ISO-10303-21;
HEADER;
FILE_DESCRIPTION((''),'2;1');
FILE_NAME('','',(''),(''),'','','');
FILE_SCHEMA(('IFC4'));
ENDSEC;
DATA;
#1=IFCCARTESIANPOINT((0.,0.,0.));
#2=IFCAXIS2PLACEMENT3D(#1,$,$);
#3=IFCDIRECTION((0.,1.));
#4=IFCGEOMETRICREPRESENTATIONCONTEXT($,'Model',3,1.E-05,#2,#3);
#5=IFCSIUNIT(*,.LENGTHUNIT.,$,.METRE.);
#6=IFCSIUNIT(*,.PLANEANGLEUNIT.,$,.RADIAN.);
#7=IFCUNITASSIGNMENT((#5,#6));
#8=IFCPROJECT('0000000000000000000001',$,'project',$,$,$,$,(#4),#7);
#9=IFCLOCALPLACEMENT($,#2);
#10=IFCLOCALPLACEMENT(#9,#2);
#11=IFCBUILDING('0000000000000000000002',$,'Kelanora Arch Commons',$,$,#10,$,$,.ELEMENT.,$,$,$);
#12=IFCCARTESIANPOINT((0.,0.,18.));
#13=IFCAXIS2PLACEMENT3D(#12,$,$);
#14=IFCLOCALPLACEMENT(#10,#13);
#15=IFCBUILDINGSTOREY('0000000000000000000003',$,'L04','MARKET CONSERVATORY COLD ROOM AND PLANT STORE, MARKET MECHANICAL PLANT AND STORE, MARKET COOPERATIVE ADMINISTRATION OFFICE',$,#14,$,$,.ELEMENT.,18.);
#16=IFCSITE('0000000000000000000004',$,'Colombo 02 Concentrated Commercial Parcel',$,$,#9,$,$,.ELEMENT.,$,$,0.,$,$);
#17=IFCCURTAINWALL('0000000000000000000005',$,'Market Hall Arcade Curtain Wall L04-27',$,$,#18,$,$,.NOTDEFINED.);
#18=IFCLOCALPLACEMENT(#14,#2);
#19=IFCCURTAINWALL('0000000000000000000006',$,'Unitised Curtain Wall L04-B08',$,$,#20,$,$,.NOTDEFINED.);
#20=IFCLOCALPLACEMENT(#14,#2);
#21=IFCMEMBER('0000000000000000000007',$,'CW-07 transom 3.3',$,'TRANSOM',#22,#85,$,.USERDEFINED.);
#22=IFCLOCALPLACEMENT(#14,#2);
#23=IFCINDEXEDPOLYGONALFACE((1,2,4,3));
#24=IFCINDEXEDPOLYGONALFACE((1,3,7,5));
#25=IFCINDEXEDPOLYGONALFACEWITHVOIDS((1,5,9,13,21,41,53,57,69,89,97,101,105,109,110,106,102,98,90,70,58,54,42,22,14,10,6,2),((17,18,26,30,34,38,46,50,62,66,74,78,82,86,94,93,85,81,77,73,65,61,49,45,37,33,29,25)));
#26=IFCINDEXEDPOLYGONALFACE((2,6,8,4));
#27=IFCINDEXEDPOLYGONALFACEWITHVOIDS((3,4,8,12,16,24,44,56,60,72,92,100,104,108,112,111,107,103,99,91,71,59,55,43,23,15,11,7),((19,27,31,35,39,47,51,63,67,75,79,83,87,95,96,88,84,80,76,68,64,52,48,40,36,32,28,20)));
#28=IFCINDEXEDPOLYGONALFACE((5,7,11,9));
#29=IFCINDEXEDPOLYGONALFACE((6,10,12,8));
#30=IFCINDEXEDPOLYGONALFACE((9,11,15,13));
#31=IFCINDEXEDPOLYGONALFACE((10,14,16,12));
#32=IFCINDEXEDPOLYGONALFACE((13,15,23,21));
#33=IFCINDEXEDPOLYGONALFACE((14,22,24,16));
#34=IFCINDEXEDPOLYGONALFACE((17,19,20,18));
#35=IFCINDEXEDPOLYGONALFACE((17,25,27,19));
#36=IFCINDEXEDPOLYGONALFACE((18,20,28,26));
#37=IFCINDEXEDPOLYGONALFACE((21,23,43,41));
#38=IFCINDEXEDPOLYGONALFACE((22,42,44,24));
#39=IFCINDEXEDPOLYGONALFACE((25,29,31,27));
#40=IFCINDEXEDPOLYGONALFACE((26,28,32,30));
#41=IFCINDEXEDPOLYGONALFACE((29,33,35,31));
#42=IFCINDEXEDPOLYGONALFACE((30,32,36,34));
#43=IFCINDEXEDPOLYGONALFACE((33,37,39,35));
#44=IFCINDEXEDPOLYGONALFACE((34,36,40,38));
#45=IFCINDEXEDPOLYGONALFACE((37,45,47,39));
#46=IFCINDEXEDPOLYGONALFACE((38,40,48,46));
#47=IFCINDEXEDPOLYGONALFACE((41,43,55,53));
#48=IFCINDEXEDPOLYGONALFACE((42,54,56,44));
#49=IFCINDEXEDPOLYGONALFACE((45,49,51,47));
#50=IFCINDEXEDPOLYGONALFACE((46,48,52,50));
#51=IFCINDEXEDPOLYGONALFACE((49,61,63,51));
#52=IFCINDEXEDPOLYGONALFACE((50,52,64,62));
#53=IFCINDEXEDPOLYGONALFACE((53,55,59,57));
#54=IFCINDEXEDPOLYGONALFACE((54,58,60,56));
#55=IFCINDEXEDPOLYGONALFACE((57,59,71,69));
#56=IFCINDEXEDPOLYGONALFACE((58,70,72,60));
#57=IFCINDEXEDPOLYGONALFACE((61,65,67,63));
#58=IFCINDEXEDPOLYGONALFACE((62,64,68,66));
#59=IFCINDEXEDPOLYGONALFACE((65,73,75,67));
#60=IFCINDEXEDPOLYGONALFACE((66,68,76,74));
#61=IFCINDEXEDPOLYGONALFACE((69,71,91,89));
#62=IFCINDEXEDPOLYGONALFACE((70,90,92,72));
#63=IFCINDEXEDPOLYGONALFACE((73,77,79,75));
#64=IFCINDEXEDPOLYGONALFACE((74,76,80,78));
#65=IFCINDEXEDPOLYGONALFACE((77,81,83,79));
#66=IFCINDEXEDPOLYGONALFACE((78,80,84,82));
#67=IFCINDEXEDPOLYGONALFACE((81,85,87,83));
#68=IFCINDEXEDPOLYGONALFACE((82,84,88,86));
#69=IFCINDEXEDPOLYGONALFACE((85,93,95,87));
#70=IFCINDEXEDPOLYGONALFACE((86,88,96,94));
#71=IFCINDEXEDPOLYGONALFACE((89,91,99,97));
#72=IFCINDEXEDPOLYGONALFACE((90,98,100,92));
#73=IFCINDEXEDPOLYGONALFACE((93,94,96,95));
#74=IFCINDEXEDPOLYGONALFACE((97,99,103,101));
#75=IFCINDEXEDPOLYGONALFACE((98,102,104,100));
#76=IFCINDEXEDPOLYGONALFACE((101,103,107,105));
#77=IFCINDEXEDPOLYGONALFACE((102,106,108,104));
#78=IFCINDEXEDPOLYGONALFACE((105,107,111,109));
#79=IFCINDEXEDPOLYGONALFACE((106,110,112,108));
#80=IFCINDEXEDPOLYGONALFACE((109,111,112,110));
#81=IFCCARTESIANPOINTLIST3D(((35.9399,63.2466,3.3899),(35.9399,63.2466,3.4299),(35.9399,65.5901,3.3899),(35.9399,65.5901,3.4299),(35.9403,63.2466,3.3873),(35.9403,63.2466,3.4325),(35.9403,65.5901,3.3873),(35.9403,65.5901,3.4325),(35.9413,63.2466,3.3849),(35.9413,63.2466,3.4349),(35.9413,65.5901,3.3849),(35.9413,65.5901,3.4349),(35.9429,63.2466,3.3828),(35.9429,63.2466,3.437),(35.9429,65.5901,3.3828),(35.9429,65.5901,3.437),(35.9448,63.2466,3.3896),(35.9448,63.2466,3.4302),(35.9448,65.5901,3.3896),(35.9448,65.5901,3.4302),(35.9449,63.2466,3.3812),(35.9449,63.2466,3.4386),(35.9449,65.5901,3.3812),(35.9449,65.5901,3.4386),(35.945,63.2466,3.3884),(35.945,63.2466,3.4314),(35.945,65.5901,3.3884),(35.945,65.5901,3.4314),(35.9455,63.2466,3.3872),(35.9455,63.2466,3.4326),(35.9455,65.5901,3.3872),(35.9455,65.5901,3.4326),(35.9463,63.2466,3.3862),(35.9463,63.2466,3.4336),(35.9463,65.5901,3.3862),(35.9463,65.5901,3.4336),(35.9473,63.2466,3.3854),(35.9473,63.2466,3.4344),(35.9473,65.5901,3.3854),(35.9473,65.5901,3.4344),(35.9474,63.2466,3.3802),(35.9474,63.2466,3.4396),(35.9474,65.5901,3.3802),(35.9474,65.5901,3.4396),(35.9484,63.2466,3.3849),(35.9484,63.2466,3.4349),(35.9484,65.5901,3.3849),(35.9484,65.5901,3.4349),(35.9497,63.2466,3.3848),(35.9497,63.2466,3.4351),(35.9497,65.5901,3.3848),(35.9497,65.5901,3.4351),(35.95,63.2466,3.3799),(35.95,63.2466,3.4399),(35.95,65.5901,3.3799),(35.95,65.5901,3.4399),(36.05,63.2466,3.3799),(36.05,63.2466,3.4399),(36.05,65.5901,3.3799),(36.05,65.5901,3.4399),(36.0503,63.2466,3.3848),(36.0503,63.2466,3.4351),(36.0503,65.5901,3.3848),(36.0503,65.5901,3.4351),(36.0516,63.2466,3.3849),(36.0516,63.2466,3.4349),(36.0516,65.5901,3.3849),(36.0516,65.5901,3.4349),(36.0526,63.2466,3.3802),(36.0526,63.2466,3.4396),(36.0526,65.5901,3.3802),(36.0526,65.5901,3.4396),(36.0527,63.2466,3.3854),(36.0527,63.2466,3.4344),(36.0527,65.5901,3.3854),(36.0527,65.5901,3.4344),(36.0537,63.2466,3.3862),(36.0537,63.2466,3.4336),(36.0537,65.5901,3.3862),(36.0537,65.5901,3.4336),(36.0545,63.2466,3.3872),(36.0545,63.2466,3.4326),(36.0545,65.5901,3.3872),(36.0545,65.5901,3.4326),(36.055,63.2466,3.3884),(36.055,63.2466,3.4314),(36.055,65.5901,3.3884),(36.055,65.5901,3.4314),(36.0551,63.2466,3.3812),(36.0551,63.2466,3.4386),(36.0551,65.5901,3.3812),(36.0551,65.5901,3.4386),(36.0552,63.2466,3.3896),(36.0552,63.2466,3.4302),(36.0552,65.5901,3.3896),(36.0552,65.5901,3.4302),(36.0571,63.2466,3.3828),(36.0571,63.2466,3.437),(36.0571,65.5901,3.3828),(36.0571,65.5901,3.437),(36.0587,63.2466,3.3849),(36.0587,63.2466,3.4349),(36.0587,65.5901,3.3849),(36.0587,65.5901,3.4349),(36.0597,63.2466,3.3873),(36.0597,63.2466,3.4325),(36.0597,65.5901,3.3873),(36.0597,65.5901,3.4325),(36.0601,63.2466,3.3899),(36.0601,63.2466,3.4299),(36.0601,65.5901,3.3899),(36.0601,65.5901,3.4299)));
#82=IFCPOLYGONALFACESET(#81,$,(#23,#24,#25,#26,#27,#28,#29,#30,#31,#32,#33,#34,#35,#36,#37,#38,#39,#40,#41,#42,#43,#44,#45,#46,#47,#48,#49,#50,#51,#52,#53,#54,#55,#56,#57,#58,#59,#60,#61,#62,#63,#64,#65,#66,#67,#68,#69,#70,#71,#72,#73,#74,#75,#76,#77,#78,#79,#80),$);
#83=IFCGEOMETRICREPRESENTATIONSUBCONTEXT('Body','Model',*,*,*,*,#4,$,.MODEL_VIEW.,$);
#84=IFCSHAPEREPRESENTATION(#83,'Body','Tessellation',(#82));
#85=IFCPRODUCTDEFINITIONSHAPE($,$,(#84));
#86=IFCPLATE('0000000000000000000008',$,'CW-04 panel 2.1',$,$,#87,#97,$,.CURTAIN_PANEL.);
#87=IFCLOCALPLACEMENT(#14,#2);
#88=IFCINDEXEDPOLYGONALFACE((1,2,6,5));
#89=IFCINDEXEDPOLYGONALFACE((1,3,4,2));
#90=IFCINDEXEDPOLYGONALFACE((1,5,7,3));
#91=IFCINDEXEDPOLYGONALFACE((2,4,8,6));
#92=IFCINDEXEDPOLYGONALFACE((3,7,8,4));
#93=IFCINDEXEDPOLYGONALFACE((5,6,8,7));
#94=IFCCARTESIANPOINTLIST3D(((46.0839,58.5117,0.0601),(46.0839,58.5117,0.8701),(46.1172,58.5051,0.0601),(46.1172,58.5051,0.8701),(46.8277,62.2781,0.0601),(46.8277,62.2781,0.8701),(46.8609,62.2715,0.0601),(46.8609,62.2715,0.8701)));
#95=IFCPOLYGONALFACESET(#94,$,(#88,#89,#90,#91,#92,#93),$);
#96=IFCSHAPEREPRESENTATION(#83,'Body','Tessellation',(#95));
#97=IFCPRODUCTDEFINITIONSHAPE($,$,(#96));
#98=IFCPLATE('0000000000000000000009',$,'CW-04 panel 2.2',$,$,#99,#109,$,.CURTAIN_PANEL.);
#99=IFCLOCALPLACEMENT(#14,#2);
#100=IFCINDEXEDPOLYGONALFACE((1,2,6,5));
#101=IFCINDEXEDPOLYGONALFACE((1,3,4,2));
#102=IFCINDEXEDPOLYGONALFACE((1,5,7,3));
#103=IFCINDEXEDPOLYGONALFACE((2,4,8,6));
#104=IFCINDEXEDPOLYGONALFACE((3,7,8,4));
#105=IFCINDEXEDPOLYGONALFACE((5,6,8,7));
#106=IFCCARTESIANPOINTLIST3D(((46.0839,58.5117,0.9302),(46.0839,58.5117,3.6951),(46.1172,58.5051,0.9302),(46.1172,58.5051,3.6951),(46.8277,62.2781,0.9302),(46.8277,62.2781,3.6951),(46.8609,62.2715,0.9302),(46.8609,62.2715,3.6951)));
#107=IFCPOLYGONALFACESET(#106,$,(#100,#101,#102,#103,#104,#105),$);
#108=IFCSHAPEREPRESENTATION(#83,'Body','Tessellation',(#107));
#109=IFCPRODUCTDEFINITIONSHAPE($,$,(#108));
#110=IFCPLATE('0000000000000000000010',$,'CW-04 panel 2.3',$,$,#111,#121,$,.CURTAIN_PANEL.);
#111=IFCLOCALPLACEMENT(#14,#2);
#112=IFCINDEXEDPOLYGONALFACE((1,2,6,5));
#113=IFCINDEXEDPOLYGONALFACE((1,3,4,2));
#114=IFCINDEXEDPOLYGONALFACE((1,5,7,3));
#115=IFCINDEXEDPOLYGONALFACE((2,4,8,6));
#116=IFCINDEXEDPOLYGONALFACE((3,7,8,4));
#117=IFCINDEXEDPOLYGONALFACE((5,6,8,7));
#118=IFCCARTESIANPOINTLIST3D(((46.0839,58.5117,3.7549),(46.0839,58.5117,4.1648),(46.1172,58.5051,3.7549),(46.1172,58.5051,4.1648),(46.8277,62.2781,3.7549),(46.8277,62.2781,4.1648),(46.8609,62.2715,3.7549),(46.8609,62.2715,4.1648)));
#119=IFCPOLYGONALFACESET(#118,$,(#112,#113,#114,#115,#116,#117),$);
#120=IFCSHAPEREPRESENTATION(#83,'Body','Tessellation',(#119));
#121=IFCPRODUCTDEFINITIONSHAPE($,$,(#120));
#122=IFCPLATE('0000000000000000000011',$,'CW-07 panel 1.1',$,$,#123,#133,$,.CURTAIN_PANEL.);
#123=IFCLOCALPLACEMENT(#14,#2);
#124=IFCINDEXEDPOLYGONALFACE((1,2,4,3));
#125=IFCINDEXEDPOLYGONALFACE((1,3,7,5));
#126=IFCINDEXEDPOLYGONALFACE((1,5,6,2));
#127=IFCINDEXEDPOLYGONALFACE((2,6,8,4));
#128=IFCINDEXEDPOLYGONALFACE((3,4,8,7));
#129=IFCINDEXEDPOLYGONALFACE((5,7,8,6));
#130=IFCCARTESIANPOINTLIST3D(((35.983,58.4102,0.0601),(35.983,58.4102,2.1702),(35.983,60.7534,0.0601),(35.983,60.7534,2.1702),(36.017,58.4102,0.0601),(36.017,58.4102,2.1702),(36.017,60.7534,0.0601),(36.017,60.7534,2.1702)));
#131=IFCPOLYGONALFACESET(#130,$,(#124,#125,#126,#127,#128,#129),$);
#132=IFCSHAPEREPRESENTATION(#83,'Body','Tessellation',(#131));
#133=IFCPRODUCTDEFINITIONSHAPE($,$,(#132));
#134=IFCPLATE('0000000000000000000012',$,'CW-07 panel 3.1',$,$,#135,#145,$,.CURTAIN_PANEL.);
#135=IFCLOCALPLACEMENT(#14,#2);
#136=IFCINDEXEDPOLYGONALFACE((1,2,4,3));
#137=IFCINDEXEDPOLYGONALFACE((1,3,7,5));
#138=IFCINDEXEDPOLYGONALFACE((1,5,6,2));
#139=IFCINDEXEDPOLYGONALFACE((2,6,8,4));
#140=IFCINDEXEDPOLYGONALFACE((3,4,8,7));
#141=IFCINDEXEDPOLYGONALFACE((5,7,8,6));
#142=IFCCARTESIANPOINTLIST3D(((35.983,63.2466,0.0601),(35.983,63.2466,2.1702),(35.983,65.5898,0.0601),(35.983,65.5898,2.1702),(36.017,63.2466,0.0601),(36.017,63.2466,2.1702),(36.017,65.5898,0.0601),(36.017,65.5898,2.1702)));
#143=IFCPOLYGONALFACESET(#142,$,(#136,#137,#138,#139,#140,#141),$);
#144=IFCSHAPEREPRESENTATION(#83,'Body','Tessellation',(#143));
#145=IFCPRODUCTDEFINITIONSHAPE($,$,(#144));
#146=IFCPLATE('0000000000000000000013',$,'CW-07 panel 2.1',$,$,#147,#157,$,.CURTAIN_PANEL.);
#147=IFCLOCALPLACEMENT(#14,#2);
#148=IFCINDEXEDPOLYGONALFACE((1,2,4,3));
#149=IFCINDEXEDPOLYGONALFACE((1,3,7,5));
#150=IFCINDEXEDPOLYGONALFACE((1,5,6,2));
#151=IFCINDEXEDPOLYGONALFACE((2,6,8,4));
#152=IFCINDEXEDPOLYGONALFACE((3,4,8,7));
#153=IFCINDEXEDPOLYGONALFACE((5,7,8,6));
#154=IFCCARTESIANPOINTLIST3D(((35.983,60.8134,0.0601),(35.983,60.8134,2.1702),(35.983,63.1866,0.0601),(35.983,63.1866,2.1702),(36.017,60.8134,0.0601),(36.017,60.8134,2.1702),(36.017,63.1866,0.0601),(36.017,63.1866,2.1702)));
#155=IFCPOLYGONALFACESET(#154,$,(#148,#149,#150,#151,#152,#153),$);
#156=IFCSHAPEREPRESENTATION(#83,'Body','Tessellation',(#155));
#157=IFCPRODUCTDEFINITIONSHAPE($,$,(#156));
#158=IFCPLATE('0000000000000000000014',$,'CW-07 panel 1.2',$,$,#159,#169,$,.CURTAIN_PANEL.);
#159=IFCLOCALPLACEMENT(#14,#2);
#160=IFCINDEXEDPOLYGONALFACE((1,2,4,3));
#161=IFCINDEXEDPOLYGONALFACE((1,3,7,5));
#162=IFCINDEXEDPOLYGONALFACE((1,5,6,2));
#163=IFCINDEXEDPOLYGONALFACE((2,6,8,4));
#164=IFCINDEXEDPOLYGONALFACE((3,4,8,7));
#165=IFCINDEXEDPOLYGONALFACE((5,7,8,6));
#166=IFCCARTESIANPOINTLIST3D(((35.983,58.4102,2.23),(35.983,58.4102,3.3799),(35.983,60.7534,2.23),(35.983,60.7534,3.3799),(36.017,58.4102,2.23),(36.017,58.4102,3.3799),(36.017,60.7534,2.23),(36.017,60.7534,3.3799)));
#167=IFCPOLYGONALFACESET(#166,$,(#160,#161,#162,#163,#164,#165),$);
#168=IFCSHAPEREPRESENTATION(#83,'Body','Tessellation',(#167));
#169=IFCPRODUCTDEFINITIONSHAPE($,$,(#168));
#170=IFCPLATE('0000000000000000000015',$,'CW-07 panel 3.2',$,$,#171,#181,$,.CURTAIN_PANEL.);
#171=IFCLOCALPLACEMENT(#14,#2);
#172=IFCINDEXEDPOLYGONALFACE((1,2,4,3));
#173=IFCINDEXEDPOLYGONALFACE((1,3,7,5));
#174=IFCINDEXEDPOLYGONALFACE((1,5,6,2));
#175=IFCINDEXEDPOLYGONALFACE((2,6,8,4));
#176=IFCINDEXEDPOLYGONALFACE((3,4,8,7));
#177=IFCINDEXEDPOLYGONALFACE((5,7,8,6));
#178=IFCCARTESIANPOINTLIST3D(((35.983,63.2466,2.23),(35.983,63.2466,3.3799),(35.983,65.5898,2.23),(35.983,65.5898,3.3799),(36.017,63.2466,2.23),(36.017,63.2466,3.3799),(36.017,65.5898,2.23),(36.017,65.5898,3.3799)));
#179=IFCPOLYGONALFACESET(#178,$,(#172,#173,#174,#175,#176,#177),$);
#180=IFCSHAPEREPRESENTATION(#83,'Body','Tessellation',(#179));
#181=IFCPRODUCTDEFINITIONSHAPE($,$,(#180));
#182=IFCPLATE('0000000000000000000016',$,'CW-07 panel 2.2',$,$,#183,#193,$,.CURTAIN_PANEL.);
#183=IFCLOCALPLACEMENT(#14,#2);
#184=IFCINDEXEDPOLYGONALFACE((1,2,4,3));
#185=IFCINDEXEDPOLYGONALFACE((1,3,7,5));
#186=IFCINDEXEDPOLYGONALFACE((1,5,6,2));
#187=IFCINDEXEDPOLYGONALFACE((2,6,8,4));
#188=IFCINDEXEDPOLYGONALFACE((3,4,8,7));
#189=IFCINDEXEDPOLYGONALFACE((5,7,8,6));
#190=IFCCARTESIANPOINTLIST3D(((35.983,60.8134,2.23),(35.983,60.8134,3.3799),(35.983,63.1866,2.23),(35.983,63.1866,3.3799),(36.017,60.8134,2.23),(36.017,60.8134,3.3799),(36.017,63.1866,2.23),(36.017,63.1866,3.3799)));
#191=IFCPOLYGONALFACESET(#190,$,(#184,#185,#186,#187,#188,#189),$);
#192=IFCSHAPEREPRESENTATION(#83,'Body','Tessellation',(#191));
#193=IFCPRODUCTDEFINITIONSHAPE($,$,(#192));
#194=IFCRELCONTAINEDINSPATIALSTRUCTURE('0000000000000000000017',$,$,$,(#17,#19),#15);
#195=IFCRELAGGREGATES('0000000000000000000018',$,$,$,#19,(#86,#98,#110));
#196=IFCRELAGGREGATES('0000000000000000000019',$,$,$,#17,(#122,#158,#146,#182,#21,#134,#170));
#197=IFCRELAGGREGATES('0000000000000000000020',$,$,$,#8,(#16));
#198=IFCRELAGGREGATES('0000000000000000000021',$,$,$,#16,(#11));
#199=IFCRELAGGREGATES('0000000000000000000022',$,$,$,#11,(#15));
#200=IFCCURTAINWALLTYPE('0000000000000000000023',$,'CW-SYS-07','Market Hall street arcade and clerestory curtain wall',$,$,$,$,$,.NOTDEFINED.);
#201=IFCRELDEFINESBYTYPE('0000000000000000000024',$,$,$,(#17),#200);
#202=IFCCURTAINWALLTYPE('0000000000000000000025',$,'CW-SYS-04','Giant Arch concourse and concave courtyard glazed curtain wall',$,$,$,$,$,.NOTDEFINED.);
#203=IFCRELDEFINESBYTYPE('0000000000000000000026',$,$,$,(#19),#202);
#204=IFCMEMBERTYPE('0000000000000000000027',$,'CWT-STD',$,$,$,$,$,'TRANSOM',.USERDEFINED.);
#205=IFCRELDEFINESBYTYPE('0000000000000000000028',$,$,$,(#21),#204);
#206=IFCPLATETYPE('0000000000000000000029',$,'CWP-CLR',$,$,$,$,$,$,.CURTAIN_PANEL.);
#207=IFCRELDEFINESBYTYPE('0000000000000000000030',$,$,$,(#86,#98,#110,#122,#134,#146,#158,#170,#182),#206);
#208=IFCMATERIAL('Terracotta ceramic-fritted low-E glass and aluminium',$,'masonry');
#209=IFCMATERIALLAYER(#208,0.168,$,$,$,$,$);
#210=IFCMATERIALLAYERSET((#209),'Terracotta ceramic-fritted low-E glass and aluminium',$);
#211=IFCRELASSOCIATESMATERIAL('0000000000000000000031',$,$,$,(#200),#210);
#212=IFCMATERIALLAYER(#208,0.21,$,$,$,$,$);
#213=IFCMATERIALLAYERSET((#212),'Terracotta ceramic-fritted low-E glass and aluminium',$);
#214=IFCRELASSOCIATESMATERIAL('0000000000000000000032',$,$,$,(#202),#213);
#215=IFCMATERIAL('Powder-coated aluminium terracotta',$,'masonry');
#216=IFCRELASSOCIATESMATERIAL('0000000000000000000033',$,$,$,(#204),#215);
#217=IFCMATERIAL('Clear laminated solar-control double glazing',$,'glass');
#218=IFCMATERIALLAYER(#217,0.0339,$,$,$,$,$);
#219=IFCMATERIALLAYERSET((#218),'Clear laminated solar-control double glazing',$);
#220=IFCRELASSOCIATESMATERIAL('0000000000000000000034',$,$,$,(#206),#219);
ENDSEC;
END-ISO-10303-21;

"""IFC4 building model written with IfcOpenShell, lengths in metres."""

from ifc_helpers import new_model, si_unit, direction, frame, origin, origin_2d, place, context, subcontext, project, spatial, rectangle, hollow_rectangle, extrude, source, transform, mapped, material, layer, layer_set, material_profile, profile_set, type_object, element, aggregate, save


model = new_model("IFC4")

# Units and contexts
model_context = context("Model", 3, precision=1e-05, world=origin(), true_north=direction((0.0, 1.0)))
body_context = subcontext(model_context, "Body", "Model", "MODEL_VIEW")
ifc_project = project(units=[si_unit("LENGTHUNIT", "METRE"), si_unit("PLANEANGLEUNIT", "RADIAN")], contexts=[model_context])

# Site, building, storey
site_placement = place(None, origin())
site = spatial("IfcSite", under=ifc_project, at=site_placement, Name="Colombo 02 Concentrated Commercial Parcel", CompositionType="ELEMENT", RefElevation=0.0)
building_placement = place(site_placement, origin())
building = spatial("IfcBuilding", under=site, at=building_placement, Name="Kelanora Arch Commons", CompositionType="ELEMENT")
storey_placement = place(building_placement, frame((0.0, 0.0, 18.0)))
storey = spatial("IfcBuildingStorey", under=building, at=storey_placement, Name="L04", Description="MARKET CONSERVATORY COLD ROOM AND PLANT STORE, MARKET MECHANICAL PLANT AND STORE, MARKET COOPERATIVE ADMINISTRATION OFFICE", CompositionType="ELEMENT", Elevation=18.0)

# Curtain walls
ifc_material_1 = material(Name="Terracotta ceramic-fritted low-E glass and aluminium", Category="masonry")
ifc_layer_1 = layer(ifc_material_1, 0.168)
ifc_layer_set_1 = layer_set([ifc_layer_1], Name="Terracotta ceramic-fritted low-E glass and aluminium")
curtain_wall_type_1 = type_object("IfcCurtainWallType", Name="CW-SYS-07", Description="Market Hall street arcade and clerestory curtain wall", PredefinedType="NOTDEFINED", material=ifc_layer_set_1)
curtain_wall_1_placement = place(storey_placement, origin())
curtain_wall_1 = element("IfcCurtainWall", 1, at=curtain_wall_1_placement, inside=storey, type_object=curtain_wall_type_1, Name="Market Hall Arcade Curtain Wall L04-27", PredefinedType="NOTDEFINED")
ifc_material_2 = material(Name="Powder-coated aluminium terracotta", Category="masonry")
ifc_layer_2 = layer(ifc_material_1, 0.21)
ifc_layer_set_2 = layer_set([ifc_layer_2], Name="Terracotta ceramic-fritted low-E glass and aluminium")
curtain_wall_type_2 = type_object("IfcCurtainWallType", Name="CW-SYS-04", Description="Giant Arch concourse and concave courtyard glazed curtain wall", PredefinedType="NOTDEFINED", material=ifc_layer_set_2)
curtain_wall_2_placement = place(storey_placement, origin())
curtain_wall_2 = element("IfcCurtainWall", 2, at=curtain_wall_2_placement, inside=storey, type_object=curtain_wall_type_2, Name="Unitised Curtain Wall L04-B08", PredefinedType="NOTDEFINED")

# Member
ifc_material_profile_1 = material_profile(ifc_material_2, hollow_rectangle(XDim=0.1201, YDim=0.0601, WallThickness=0.0049, InnerFilletRadius=0.0049, OuterFilletRadius=0.01, at=origin_2d()), Name="CWT120x60")
ifc_profile_set_1 = profile_set([ifc_material_profile_1], Name="Powder-coated aluminium terracotta")
member_type_1 = type_object("IfcMemberType", Name="CWT-STD", ElementType="TRANSOM", PredefinedType="USERDEFINED", material=ifc_profile_set_1)
member_1_placement = place(storey_placement, frame((36.0, 63.2466, 3.4099), z_axis=(0.0, 1.0, 0.0), x_axis=(-1.0, 0.0, 0.0)))
member_1 = element("IfcMember", 3, at=member_1_placement, type_object=member_type_1, Name="CW-07 transom 3.3", ObjectType="TRANSOM", PredefinedType="USERDEFINED", context=body_context, shape_type="SweptSolid", body=[
    extrude(hollow_rectangle(XDim=0.1201, YDim=0.0601, WallThickness=0.0049, InnerFilletRadius=0.0049, OuterFilletRadius=0.01, at=origin_2d()), origin(), (0.0, 0.0, 1.0), 2.3435),
])

# Plates
ifc_material_3 = material(Name="Clear laminated solar-control double glazing", Category="glass")
ifc_layer_3 = layer(ifc_material_3, 0.0339)
ifc_layer_set_3 = layer_set([ifc_layer_3], Name="Clear laminated solar-control double glazing")
plate_type = type_object("IfcPlateType", Name="CWP-CLR", PredefinedType="CURTAIN_PANEL", material=ifc_layer_set_3)
shared_shape_1 = source(origin(), body_context, "Body", "SweptSolid", [
    extrude(rectangle(XDim=3.8391, YDim=0.0339, at=origin_2d()), origin(), (0.0, 0.0, 1.0), 0.8101),
])
plate_1_placement = place(storey_placement, frame((46.4724, 60.3916, 0.0601), z_axis=(0.0, 0.0, 1.0), x_axis=(-0.193737, -0.981054, 0.0)))
plate_1 = element("IfcPlate", 4, at=plate_1_placement, type_object=plate_type, Name="CW-04 panel 2.1", PredefinedType="CURTAIN_PANEL", context=body_context, shape_type="MappedRepresentation", body=[
    mapped(shared_shape_1, transform((0.0, 0.0, 0.0), scale=1.0)),
])
shared_shape_2 = source(origin(), body_context, "Body", "SweptSolid", [
    extrude(rectangle(XDim=3.8391, YDim=0.0339, at=origin_2d()), origin(), (0.0, 0.0, 1.0), 2.7649),
])
plate_2_placement = place(storey_placement, frame((46.4724, 60.3916, 0.9302), z_axis=(0.0, 0.0, 1.0), x_axis=(-0.193737, -0.981054, 0.0)))
plate_2 = element("IfcPlate", 5, at=plate_2_placement, type_object=plate_type, Name="CW-04 panel 2.2", PredefinedType="CURTAIN_PANEL", context=body_context, shape_type="MappedRepresentation", body=[
    mapped(shared_shape_2, transform((0.0, 0.0, 0.0), scale=1.0)),
])
shared_shape_3 = source(origin(), body_context, "Body", "SweptSolid", [
    extrude(rectangle(XDim=3.8391, YDim=0.0339, at=origin_2d()), origin(), (0.0, 0.0, 1.0), 0.4099),
])
plate_3_placement = place(storey_placement, frame((46.4724, 60.3916, 3.7549), z_axis=(0.0, 0.0, 1.0), x_axis=(-0.193737, -0.981054, 0.0)))
plate_3 = element("IfcPlate", 6, at=plate_3_placement, type_object=plate_type, Name="CW-04 panel 2.3", PredefinedType="CURTAIN_PANEL", context=body_context, shape_type="MappedRepresentation", body=[
    mapped(shared_shape_3, transform((0.0, 0.0, 0.0), scale=1.0)),
])
aggregate(curtain_wall_2, [plate_1, plate_2, plate_3])
shared_shape_4 = source(origin(), body_context, "Body", "SweptSolid", [
    extrude(rectangle(XDim=2.3433, YDim=0.0339, at=origin_2d()), origin(), (0.0, 0.0, 1.0), 2.1101),
])
plate_4_placement = place(storey_placement, frame((36.0, 59.5818, 0.0601), z_axis=(0.0, 0.0, 1.0), x_axis=(0.0, 1.0, 0.0)))
plate_4 = element("IfcPlate", 7, at=plate_4_placement, type_object=plate_type, Name="CW-07 panel 1.1", PredefinedType="CURTAIN_PANEL", context=body_context, shape_type="MappedRepresentation", body=[
    mapped(shared_shape_4, transform((0.0, 0.0, 0.0), scale=1.0)),
])
plate_5_placement = place(storey_placement, frame((36.0, 64.4182, 0.0601), z_axis=(0.0, 0.0, 1.0), x_axis=(0.0, 1.0, 0.0)))
plate_5 = element("IfcPlate", 8, at=plate_5_placement, type_object=plate_type, Name="CW-07 panel 3.1", PredefinedType="CURTAIN_PANEL", context=body_context, shape_type="MappedRepresentation", body=[
    mapped(shared_shape_4, transform((0.0, 0.0, 0.0), scale=1.0)),
])
shared_shape_5 = source(origin(), body_context, "Body", "SweptSolid", [
    extrude(rectangle(XDim=2.3733, YDim=0.0339, at=origin_2d()), origin(), (0.0, 0.0, 1.0), 2.1101),
])
plate_6_placement = place(storey_placement, frame((36.0, 62.0, 0.0601), z_axis=(0.0, 0.0, 1.0), x_axis=(0.0, 1.0, 0.0)))
plate_6 = element("IfcPlate", 9, at=plate_6_placement, type_object=plate_type, Name="CW-07 panel 2.1", PredefinedType="CURTAIN_PANEL", context=body_context, shape_type="MappedRepresentation", body=[
    mapped(shared_shape_5, transform((0.0, 0.0, 0.0), scale=1.0)),
])
shared_shape_6 = source(origin(), body_context, "Body", "SweptSolid", [
    extrude(rectangle(XDim=2.3433, YDim=0.0339, at=origin_2d()), origin(), (0.0, 0.0, 1.0), 1.1499),
])
plate_7_placement = place(storey_placement, frame((36.0, 59.5818, 2.23), z_axis=(0.0, 0.0, 1.0), x_axis=(0.0, 1.0, 0.0)))
plate_7 = element("IfcPlate", 10, at=plate_7_placement, type_object=plate_type, Name="CW-07 panel 1.2", PredefinedType="CURTAIN_PANEL", context=body_context, shape_type="MappedRepresentation", body=[
    mapped(shared_shape_6, transform((0.0, 0.0, 0.0), scale=1.0)),
])
plate_8_placement = place(storey_placement, frame((36.0, 64.4182, 2.23), z_axis=(0.0, 0.0, 1.0), x_axis=(0.0, 1.0, 0.0)))
plate_8 = element("IfcPlate", 11, at=plate_8_placement, type_object=plate_type, Name="CW-07 panel 3.2", PredefinedType="CURTAIN_PANEL", context=body_context, shape_type="MappedRepresentation", body=[
    mapped(shared_shape_6, transform((0.0, 0.0, 0.0), scale=1.0)),
])
shared_shape_7 = source(origin(), body_context, "Body", "SweptSolid", [
    extrude(rectangle(XDim=2.3733, YDim=0.0339, at=origin_2d()), origin(), (0.0, 0.0, 1.0), 1.1499),
])
plate_9_placement = place(storey_placement, frame((36.0, 62.0, 2.23), z_axis=(0.0, 0.0, 1.0), x_axis=(0.0, 1.0, 0.0)))
plate_9 = element("IfcPlate", 12, at=plate_9_placement, type_object=plate_type, Name="CW-07 panel 2.2", PredefinedType="CURTAIN_PANEL", context=body_context, shape_type="MappedRepresentation", body=[
    mapped(shared_shape_7, transform((0.0, 0.0, 0.0), scale=1.0)),
])
aggregate(curtain_wall_1, [plate_4, plate_7, plate_6, plate_9, member_1, plate_5, plate_8])

save(model, "model.ifc")
